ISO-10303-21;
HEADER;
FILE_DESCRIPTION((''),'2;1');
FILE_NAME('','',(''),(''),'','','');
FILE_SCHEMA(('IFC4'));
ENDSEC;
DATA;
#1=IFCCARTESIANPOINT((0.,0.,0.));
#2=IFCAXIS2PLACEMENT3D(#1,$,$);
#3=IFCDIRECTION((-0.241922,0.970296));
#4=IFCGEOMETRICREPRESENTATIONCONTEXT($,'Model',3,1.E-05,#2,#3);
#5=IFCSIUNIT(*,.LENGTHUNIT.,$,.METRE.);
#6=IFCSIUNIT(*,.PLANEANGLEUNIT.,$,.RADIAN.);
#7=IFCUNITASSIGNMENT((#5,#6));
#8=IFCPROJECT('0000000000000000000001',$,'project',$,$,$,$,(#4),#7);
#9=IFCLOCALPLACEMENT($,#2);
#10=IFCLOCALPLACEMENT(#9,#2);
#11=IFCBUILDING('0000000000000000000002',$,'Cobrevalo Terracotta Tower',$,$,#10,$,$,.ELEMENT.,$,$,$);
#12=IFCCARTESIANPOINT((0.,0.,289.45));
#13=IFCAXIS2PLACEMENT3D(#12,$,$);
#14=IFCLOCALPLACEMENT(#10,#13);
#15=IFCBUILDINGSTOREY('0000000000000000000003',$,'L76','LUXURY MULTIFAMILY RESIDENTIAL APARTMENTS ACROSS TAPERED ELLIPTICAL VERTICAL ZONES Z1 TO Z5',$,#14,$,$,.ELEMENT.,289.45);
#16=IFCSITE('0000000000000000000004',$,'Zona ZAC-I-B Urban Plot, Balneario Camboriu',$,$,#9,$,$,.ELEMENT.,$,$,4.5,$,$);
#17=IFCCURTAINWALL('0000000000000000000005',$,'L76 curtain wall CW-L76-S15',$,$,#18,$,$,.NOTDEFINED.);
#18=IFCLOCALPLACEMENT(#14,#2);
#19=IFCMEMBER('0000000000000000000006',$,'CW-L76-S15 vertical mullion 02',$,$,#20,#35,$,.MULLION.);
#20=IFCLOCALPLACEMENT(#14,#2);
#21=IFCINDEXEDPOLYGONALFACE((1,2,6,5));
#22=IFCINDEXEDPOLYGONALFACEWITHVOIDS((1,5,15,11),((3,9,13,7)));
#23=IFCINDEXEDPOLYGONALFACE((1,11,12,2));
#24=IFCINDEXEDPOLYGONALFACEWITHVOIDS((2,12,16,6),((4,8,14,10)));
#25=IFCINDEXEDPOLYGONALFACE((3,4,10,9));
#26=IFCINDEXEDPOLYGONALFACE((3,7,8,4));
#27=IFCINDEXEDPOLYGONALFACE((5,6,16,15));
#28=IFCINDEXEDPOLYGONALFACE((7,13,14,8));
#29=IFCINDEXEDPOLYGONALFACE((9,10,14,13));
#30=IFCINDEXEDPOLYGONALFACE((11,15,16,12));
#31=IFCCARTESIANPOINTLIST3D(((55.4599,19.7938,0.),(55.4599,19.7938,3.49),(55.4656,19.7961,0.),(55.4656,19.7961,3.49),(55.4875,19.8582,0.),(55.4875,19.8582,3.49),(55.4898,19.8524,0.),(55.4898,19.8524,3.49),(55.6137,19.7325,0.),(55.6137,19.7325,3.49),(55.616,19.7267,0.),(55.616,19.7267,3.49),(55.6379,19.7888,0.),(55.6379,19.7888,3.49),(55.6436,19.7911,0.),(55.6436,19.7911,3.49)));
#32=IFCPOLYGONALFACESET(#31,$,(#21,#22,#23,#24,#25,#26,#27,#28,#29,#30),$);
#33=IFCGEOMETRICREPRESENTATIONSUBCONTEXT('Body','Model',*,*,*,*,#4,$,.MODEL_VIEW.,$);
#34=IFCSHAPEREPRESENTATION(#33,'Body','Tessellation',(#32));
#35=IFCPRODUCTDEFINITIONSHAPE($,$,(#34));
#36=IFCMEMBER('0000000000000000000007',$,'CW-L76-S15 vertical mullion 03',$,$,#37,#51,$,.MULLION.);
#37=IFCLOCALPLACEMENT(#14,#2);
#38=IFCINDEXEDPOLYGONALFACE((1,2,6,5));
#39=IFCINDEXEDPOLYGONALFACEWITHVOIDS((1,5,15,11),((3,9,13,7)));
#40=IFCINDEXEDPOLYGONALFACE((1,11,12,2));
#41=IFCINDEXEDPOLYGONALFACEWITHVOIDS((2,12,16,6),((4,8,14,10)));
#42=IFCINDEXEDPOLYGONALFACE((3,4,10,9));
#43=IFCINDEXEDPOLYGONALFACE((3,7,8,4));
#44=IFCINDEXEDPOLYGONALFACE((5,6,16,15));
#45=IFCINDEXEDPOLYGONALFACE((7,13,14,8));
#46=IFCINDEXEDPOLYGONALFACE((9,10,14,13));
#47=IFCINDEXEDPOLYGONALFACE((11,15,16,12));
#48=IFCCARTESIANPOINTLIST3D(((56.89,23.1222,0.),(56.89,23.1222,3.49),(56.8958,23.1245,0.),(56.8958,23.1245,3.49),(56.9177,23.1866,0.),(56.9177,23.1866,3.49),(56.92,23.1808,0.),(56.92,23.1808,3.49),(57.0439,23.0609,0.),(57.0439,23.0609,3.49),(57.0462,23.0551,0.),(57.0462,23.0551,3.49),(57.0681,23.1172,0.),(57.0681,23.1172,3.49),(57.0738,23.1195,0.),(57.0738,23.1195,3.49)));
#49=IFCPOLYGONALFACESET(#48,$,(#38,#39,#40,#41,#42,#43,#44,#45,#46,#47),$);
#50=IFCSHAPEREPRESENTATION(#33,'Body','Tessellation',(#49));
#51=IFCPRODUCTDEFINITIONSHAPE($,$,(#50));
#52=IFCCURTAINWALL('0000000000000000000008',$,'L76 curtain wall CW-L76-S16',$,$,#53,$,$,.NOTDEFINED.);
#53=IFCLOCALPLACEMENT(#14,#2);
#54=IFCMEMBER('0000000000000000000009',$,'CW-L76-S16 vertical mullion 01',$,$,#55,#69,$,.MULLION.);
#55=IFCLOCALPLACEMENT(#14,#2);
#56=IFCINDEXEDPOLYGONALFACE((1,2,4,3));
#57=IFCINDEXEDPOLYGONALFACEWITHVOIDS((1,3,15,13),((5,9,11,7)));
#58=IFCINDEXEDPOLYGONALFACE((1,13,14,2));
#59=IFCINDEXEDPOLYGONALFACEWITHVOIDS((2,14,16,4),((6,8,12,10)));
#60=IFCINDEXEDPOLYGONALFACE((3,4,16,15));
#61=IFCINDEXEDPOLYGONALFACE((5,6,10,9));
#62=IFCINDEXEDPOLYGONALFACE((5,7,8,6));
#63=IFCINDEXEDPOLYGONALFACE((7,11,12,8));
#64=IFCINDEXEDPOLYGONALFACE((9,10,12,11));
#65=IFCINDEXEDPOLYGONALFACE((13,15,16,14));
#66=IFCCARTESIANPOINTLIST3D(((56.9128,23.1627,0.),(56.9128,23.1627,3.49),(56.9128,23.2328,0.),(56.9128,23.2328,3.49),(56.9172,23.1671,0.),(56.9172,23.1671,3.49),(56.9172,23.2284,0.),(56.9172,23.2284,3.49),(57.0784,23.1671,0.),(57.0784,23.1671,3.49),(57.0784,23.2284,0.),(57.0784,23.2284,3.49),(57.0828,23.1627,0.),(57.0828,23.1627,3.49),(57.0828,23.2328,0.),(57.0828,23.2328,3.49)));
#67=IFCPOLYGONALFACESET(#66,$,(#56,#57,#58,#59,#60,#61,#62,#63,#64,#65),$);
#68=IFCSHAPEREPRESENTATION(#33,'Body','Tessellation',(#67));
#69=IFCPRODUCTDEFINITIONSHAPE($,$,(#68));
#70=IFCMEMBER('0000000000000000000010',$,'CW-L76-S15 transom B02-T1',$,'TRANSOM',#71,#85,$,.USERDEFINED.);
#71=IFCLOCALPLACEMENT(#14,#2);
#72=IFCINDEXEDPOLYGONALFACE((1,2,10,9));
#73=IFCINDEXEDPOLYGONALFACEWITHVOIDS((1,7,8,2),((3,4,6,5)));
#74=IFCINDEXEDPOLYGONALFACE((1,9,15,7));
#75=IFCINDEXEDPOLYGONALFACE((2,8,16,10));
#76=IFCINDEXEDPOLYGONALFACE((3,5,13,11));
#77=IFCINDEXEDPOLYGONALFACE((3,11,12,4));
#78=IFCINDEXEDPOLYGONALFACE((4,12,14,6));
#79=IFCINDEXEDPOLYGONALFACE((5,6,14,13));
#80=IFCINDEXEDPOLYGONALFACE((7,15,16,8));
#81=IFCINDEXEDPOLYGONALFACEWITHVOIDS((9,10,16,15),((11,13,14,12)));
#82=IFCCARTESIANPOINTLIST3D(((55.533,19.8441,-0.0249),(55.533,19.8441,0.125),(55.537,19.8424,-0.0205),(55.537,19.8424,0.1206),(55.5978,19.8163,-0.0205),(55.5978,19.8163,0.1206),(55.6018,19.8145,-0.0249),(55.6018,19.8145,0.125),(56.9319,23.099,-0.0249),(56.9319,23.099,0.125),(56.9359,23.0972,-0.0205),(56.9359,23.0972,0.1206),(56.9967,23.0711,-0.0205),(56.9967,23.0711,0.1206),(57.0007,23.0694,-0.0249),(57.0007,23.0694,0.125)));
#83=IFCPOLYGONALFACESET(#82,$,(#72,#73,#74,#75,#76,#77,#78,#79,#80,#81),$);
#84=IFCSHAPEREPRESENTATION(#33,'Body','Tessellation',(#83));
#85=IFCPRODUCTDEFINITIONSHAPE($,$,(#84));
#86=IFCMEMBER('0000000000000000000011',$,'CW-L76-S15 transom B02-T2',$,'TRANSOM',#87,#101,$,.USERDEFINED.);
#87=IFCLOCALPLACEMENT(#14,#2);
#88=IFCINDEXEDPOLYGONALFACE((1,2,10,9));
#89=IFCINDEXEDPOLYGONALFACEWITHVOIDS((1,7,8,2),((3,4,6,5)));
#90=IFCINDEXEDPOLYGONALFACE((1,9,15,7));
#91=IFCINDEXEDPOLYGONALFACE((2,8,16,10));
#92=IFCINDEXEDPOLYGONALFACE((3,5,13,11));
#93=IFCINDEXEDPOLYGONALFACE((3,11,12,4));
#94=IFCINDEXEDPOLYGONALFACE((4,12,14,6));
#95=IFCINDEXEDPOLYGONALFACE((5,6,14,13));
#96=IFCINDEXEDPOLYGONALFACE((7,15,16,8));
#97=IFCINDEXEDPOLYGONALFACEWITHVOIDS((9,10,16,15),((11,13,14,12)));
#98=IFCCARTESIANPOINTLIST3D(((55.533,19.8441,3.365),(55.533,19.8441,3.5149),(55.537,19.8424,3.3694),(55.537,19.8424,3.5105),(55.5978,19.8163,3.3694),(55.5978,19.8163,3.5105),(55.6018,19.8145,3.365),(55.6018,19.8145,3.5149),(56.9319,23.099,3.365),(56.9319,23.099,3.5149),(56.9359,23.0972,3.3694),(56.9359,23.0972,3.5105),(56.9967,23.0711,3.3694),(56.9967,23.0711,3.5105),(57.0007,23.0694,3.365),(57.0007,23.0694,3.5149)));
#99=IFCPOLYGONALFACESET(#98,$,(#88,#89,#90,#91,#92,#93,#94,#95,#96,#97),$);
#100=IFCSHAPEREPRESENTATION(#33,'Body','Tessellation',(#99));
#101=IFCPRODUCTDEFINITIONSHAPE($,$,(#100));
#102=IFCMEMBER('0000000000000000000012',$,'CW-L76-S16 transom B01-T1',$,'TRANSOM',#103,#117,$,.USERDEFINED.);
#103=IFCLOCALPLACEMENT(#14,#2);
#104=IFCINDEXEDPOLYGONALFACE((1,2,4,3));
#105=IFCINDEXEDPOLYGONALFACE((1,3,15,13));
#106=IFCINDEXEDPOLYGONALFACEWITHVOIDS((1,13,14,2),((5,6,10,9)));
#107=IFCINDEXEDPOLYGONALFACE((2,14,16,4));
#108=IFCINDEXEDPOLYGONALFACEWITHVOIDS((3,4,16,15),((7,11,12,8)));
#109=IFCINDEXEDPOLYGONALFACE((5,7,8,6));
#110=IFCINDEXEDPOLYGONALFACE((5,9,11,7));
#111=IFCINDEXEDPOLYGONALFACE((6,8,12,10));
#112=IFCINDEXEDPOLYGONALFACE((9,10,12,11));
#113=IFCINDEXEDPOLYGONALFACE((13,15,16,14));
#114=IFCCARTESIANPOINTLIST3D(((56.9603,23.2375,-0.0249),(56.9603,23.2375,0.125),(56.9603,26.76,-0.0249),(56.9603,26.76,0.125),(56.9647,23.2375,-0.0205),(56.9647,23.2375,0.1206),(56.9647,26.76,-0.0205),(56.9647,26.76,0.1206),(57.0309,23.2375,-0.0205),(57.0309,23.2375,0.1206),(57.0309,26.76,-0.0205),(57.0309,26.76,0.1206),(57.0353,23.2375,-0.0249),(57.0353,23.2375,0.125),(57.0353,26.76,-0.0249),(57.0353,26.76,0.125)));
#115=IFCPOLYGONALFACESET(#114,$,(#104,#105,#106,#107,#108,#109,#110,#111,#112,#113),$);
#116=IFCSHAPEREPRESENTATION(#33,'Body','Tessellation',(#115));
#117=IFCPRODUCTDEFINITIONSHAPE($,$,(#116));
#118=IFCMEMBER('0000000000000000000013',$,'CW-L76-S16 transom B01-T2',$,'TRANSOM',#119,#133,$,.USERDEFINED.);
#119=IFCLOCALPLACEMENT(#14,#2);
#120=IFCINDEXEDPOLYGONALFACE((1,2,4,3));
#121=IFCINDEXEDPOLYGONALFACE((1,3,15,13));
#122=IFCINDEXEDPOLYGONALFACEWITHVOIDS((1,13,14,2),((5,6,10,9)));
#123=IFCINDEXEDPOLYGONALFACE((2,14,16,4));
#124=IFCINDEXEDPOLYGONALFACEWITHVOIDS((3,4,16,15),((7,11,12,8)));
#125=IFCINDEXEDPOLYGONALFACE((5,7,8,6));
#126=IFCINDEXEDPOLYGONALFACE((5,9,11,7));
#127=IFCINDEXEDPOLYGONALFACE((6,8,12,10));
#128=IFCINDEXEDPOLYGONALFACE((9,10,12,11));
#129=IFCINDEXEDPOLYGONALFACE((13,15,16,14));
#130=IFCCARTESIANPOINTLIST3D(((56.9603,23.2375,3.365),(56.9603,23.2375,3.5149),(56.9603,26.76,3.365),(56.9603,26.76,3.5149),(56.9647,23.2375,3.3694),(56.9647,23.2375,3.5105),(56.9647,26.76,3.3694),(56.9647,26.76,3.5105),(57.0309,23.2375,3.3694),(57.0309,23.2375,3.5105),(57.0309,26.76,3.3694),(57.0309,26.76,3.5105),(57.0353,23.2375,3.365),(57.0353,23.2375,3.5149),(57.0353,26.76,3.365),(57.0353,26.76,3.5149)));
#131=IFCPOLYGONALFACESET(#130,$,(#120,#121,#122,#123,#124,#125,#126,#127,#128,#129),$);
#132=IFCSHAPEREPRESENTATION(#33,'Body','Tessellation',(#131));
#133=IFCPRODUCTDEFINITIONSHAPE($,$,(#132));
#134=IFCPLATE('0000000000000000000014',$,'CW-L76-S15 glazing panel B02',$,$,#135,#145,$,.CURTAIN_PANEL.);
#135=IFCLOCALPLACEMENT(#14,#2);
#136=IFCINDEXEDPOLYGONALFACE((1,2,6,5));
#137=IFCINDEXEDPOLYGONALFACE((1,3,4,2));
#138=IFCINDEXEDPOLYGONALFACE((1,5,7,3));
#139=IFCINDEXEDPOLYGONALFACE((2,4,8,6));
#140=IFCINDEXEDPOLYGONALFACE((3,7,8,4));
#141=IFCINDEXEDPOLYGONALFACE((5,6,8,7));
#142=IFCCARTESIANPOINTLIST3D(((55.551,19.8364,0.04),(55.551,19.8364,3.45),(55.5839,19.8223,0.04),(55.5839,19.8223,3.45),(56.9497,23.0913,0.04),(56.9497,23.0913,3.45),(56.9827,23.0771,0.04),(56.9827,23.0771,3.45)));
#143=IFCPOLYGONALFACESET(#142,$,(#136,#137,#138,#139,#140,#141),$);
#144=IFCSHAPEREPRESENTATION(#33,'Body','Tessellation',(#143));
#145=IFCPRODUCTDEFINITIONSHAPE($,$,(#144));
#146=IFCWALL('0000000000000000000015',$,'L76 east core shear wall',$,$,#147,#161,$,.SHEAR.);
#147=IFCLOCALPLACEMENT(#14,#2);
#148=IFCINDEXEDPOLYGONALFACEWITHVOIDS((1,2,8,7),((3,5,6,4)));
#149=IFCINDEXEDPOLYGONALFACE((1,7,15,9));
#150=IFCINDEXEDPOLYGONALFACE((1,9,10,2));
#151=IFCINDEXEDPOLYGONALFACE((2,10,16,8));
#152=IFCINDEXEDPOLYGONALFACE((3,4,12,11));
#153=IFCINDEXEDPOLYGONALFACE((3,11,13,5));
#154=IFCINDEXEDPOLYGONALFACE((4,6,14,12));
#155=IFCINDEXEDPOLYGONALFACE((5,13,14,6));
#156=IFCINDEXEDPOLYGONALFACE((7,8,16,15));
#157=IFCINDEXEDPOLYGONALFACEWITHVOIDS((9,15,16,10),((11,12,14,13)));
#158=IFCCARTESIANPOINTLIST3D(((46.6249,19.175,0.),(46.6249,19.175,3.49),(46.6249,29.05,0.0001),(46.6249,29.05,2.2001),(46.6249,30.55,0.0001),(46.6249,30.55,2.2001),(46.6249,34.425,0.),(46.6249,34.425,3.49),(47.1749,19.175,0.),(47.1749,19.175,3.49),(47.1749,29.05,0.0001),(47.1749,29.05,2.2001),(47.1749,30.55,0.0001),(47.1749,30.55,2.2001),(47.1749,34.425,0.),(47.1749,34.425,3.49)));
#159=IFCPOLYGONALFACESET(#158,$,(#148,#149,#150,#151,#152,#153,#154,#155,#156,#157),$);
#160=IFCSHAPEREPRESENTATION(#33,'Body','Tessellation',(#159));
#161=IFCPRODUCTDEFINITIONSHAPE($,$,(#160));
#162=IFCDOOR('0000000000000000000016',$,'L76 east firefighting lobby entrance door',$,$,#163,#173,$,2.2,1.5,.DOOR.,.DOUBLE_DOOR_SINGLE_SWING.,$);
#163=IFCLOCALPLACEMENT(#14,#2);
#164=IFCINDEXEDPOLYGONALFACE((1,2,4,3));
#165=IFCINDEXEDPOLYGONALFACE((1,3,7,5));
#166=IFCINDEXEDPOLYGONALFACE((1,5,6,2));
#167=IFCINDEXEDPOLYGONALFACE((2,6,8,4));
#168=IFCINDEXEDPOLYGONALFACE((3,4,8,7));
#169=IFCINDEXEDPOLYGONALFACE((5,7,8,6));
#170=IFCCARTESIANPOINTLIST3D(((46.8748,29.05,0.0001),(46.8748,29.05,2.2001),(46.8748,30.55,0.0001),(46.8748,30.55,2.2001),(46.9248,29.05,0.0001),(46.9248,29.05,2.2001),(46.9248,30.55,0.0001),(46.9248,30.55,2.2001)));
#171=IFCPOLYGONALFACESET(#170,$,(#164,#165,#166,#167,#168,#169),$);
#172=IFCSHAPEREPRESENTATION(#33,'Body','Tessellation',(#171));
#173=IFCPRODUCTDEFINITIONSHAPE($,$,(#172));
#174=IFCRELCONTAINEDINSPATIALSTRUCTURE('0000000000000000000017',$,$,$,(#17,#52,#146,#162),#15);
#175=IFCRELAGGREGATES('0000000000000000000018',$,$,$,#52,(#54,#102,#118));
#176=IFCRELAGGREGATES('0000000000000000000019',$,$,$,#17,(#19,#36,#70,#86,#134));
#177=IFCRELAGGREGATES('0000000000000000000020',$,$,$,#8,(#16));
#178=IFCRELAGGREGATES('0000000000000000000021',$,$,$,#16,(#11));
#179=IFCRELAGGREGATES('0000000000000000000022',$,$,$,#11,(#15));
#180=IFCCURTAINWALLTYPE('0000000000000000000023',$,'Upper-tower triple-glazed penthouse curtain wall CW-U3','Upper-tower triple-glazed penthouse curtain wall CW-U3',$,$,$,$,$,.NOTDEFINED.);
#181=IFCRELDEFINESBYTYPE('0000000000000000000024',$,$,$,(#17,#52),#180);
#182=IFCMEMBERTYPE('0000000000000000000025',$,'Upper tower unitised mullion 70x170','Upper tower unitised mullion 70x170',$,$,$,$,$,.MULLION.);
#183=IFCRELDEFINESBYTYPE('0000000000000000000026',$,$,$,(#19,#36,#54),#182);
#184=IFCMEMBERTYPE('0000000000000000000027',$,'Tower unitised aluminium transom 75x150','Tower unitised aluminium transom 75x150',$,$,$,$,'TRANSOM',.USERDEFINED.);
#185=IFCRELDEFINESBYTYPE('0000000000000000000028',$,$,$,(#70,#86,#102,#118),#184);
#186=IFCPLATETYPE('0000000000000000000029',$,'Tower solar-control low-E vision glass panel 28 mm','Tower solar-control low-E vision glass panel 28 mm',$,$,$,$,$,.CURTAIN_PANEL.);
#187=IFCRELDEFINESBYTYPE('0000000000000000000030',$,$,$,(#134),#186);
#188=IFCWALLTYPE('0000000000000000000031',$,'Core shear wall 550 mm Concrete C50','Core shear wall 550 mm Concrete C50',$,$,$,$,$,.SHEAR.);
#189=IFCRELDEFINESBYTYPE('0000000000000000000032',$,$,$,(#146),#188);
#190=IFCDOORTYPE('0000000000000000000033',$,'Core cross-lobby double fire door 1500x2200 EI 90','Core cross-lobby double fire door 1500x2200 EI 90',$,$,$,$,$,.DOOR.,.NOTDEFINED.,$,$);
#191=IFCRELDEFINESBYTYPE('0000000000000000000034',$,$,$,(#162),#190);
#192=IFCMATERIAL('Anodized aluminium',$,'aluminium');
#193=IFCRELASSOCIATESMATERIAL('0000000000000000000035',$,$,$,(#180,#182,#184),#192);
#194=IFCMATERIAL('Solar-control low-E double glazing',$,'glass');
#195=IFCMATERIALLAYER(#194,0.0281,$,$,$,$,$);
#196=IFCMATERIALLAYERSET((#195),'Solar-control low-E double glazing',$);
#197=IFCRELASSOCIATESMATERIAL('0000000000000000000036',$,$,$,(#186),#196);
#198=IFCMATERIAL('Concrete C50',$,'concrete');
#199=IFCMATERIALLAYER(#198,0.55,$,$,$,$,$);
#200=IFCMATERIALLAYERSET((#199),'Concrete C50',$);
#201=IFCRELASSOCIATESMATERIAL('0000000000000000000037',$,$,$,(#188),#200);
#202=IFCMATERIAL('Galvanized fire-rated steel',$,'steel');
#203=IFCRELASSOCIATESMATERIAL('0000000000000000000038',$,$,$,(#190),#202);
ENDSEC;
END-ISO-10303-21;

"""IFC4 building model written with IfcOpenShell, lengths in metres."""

from ifc_helpers import new_model, si_unit, direction, frame, frame_2d, origin, origin_2d, place, context, subcontext, project, spatial, rectangle, hollow_rectangle, extrude, source, transform, mapped, material, layer, layer_set, material_profile, profile_set, type_object, element, fill, aggregate, save


model = new_model("IFC4")

# Units and contexts
model_context = context("Model", 3, precision=1e-05, world=origin(), true_north=direction((-0.241922, 0.970296)))
body_context = subcontext(model_context, "Body", "Model", "MODEL_VIEW")
ifc_project = project(units=[si_unit("LENGTHUNIT", "METRE"), si_unit("PLANEANGLEUNIT", "RADIAN")], contexts=[model_context])

# Site, building, storey
site_placement = place(None, origin())
site = spatial("IfcSite", under=ifc_project, at=site_placement, Name="Zona ZAC-I-B Urban Plot, Balneario Camboriu", CompositionType="ELEMENT", RefElevation=4.5)
building_placement = place(site_placement, origin())
building = spatial("IfcBuilding", under=site, at=building_placement, Name="Cobrevalo Terracotta Tower", CompositionType="ELEMENT")
storey_placement = place(building_placement, frame((0.0, 0.0, 289.45)))
storey = spatial("IfcBuildingStorey", under=building, at=storey_placement, Name="L76", Description="LUXURY MULTIFAMILY RESIDENTIAL APARTMENTS ACROSS TAPERED ELLIPTICAL VERTICAL ZONES Z1 TO Z5", CompositionType="ELEMENT", Elevation=289.45)

# Shared definitions
ifc_material_1 = material(Name="Concrete C50", Category="concrete")

# Curtain wall, members
ifc_material_2 = material(Name="Anodized aluminium", Category="aluminium")
curtain_wall_type = type_object("IfcCurtainWallType", Name="Upper-tower triple-glazed penthouse curtain wall CW-U3", Description="Upper-tower triple-glazed penthouse curtain wall CW-U3", PredefinedType="NOTDEFINED", material=ifc_material_2)
curtain_wall_1_placement = place(storey_placement, origin())
curtain_wall_1 = element("IfcCurtainWall", 1, at=curtain_wall_1_placement, inside=storey, type_object=curtain_wall_type, Name="L76 curtain wall CW-L76-S15", PredefinedType="NOTDEFINED")
ifc_material_profile_1 = material_profile(ifc_material_2, hollow_rectangle(XDim=0.0701, YDim=0.1699, WallThickness=0.0044, at=origin_2d()), Name="CWM 70x170")
ifc_profile_set_1 = profile_set([ifc_material_profile_1], Name="Anodized aluminium")
member_type_1 = type_object("IfcMemberType", Name="Upper tower unitised mullion 70x170", Description="Upper tower unitised mullion 70x170", PredefinedType="MULLION", material=ifc_profile_set_1)
shared_shape_1 = source(origin(), body_context, "Body", "SweptSolid", [
    extrude(hollow_rectangle(XDim=0.0701, YDim=0.1699, WallThickness=0.0044, at=origin_2d()), origin(), (0.0, 0.0, 1.0), 3.49),
])
member_1_placement = place(storey_placement, frame((55.5518, 19.7925, 0.0), z_axis=(0.0, 0.0, 1.0), x_axis=(0.394824, 0.918757, 0.0)))
member_1 = element("IfcMember", 2, at=member_1_placement, type_object=member_type_1, Name="CW-L76-S15 vertical mullion 02", PredefinedType="MULLION", context=body_context, shape_type="MappedRepresentation", body=[
    mapped(shared_shape_1, transform((0.0, 0.0, 0.0), scale=1.0)),
])
member_2_placement = place(storey_placement, frame((56.9819, 23.1208, 0.0), z_axis=(0.0, 0.0, 1.0), x_axis=(0.394824, 0.918757, 0.0)))
member_2 = element("IfcMember", 3, at=member_2_placement, type_object=member_type_1, Name="CW-L76-S15 vertical mullion 03", PredefinedType="MULLION", context=body_context, shape_type="MappedRepresentation", body=[
    mapped(shared_shape_1, transform((0.0, 0.0, 0.0), scale=1.0)),
])

# Curtain wall, member
curtain_wall_2_placement = place(storey_placement, origin())
curtain_wall_2 = element("IfcCurtainWall", 4, at=curtain_wall_2_placement, inside=storey, type_object=curtain_wall_type, Name="L76 curtain wall CW-L76-S16", PredefinedType="NOTDEFINED")
member_3_placement = place(storey_placement, frame((56.9978, 23.1978, 0.0), z_axis=(0.0, 0.0, 1.0), x_axis=(0.0, 1.0, 0.0)))
member_3 = element("IfcMember", 5, at=member_3_placement, type_object=member_type_1, Name="CW-L76-S16 vertical mullion 01", PredefinedType="MULLION", context=body_context, shape_type="MappedRepresentation", body=[
    mapped(shared_shape_1, transform((0.0, 0.0, 0.0), scale=1.0)),
])

# Members
ifc_material_profile_2 = material_profile(ifc_material_2, hollow_rectangle(XDim=0.075, YDim=0.1499, WallThickness=0.0044, at=origin_2d()), Name="CWT 75x150")
ifc_profile_set_2 = profile_set([ifc_material_profile_2], Name="Anodized aluminium")
member_type_2 = type_object("IfcMemberType", Name="Tower unitised aluminium transom 75x150", Description="Tower unitised aluminium transom 75x150", ElementType="TRANSOM", PredefinedType="USERDEFINED", material=ifc_profile_set_2)
shared_shape_2 = source(origin(), body_context, "Body", "SweptSolid", [
    extrude(hollow_rectangle(XDim=0.075, YDim=0.1499, WallThickness=0.0044, at=origin_2d()), origin(), (0.0, 0.0, 1.0), 3.5427),
])
member_4_placement = place(storey_placement, frame((55.5674, 19.8293, 0.05), z_axis=(0.394867, 0.918738, 0.0), x_axis=(-0.918738, 0.394867, 0.0)))
member_4 = element("IfcMember", 6, at=member_4_placement, type_object=member_type_2, Name="CW-L76-S15 transom B02-T1", ObjectType="TRANSOM", PredefinedType="USERDEFINED", context=body_context, shape_type="MappedRepresentation", body=[
    mapped(shared_shape_2, transform((0.0, 0.0, 0.0), scale=1.0)),
])
member_5_placement = place(storey_placement, frame((55.5674, 19.8293, 3.4399), z_axis=(0.394867, 0.918738, 0.0), x_axis=(-0.918738, 0.394867, 0.0)))
member_5 = element("IfcMember", 7, at=member_5_placement, type_object=member_type_2, Name="CW-L76-S15 transom B02-T2", ObjectType="TRANSOM", PredefinedType="USERDEFINED", context=body_context, shape_type="MappedRepresentation", body=[
    mapped(shared_shape_2, transform((0.0, 0.0, 0.0), scale=1.0)),
])
shared_shape_3 = source(origin(), body_context, "Body", "SweptSolid", [
    extrude(hollow_rectangle(XDim=0.075, YDim=0.1499, WallThickness=0.0044, at=origin_2d()), origin(), (0.0, 0.0, 1.0), 3.5225),
])
member_6_placement = place(storey_placement, frame((56.9978, 23.2375, 0.05), z_axis=(0.0, 1.0, 0.0), x_axis=(-1.0, 0.0, 0.0)))
member_6 = element("IfcMember", 8, at=member_6_placement, type_object=member_type_2, Name="CW-L76-S16 transom B01-T1", ObjectType="TRANSOM", PredefinedType="USERDEFINED", context=body_context, shape_type="MappedRepresentation", body=[
    mapped(shared_shape_3, transform((0.0, 0.0, 0.0), scale=1.0)),
])
member_7_placement = place(storey_placement, frame((56.9978, 23.2375, 3.4399), z_axis=(0.0, 1.0, 0.0), x_axis=(-1.0, 0.0, 0.0)))
member_7 = element("IfcMember", 9, at=member_7_placement, type_object=member_type_2, Name="CW-L76-S16 transom B01-T2", ObjectType="TRANSOM", PredefinedType="USERDEFINED", context=body_context, shape_type="MappedRepresentation", body=[
    mapped(shared_shape_3, transform((0.0, 0.0, 0.0), scale=1.0)),
])
aggregate(curtain_wall_2, [member_3, member_6, member_7])

# Plate
ifc_material_3 = material(Name="Solar-control low-E double glazing", Category="glass")
ifc_layer_1 = layer(ifc_material_3, 0.0281)
ifc_layer_set_1 = layer_set([ifc_layer_1], Name="Solar-control low-E double glazing")
plate_type = type_object("IfcPlateType", Name="Tower solar-control low-E vision glass panel 28 mm", Description="Tower solar-control low-E vision glass panel 28 mm", PredefinedType="CURTAIN_PANEL", material=ifc_layer_set_1)
shared_shape_4 = source(origin(), body_context, "Body", "SweptSolid", [
    extrude(rectangle(XDim=3.5427, YDim=0.0359, at=origin_2d()), origin(), (0.0, 0.0, 1.0), 3.4099),
])
plate_placement = place(storey_placement, frame((56.2668, 21.4568, 0.04), z_axis=(0.0, 0.0, 1.0), x_axis=(0.394829, 0.918755, 0.0)))
plate = element("IfcPlate", 10, at=plate_placement, type_object=plate_type, Name="CW-L76-S15 glazing panel B02", PredefinedType="CURTAIN_PANEL", context=body_context, shape_type="MappedRepresentation", body=[
    mapped(shared_shape_4, transform((0.0, 0.0, 0.0), scale=1.0)),
])
aggregate(curtain_wall_1, [member_1, member_2, member_4, member_5, plate])

# Wall, opening, door
ifc_layer_2 = layer(ifc_material_1, 0.55)
ifc_layer_set_2 = layer_set([ifc_layer_2], Name="Concrete C50")
wall_type_1 = type_object("IfcWallType", Name="Core shear wall 550 mm Concrete C50", Description="Core shear wall 550 mm Concrete C50", PredefinedType="SHEAR", material=ifc_layer_set_2)
wall_1_placement = place(storey_placement, frame((46.8999, 19.175, 0.0), z_axis=(0.0, 0.0, 1.0), x_axis=(0.0, 1.0, 0.0)))
wall_1 = element("IfcWall", 11, at=wall_1_placement, inside=storey, type_object=wall_type_1, Name="L76 east core shear wall", PredefinedType="SHEAR", context=body_context, shape_type="SweptSolid", body=[
    extrude(rectangle(XDim=15.25, YDim=0.55, at=frame_2d((7.625, 0.0))), origin(), (0.0, 0.0, 1.0), 3.49),
])
opening_1_placement = place(wall_1_placement, frame((9.875, 0.0, 0.0)))
opening_1 = element("IfcOpeningElement", 12, at=opening_1_placement, cuts=wall_1, PredefinedType="OPENING", context=body_context, shape_type="SweptSolid", body=[
    extrude(rectangle(XDim=1.5, YDim=2.2, at=frame_2d((0.75, 1.1001))), frame((0.0, 0.2852, 0.0), z_axis=(0.0, -1.0, 0.0), x_axis=(1.0, 0.0, 0.0)), (0.0, 0.0, 1.0), 0.5701),
])
ifc_material_4 = material(Name="Galvanized fire-rated steel", Category="steel")
door_type_1 = type_object("IfcDoorType", Name="Core cross-lobby double fire door 1500x2200 EI 90", Description="Core cross-lobby double fire door 1500x2200 EI 90", OperationType="NOTDEFINED", PredefinedType="DOOR", material=ifc_material_4)
shared_shape_5 = source(origin(), body_context, "Body", "SweptSolid", [
    extrude(rectangle(XDim=1.5, YDim=2.2, at=frame_2d((0.75, 1.1001))), frame((0.0, 0.0249, 0.0), z_axis=(0.0, -1.0, 0.0), x_axis=(1.0, 0.0, 0.0)), (0.0, 0.0, 1.0), 0.05),
])
door_1_placement = place(opening_1_placement, frame((1.5, 0.0, 0.0), z_axis=(0.0, 0.0, 1.0), x_axis=(-1.0, 0.0, 0.0)))
door_1 = element("IfcDoor", 13, at=door_1_placement, inside=storey, type_object=door_type_1, Name="L76 east firefighting lobby entrance door", OperationType="DOUBLE_DOOR_SINGLE_SWING", OverallHeight=2.2, OverallWidth=1.5, PredefinedType="DOOR", context=body_context, shape_type="MappedRepresentation", body=[
    mapped(shared_shape_5, transform((0.0, 0.0, 0.0), scale=1.0)),
])
fill(opening_1, door_1)

save(model, "model.ifc")
